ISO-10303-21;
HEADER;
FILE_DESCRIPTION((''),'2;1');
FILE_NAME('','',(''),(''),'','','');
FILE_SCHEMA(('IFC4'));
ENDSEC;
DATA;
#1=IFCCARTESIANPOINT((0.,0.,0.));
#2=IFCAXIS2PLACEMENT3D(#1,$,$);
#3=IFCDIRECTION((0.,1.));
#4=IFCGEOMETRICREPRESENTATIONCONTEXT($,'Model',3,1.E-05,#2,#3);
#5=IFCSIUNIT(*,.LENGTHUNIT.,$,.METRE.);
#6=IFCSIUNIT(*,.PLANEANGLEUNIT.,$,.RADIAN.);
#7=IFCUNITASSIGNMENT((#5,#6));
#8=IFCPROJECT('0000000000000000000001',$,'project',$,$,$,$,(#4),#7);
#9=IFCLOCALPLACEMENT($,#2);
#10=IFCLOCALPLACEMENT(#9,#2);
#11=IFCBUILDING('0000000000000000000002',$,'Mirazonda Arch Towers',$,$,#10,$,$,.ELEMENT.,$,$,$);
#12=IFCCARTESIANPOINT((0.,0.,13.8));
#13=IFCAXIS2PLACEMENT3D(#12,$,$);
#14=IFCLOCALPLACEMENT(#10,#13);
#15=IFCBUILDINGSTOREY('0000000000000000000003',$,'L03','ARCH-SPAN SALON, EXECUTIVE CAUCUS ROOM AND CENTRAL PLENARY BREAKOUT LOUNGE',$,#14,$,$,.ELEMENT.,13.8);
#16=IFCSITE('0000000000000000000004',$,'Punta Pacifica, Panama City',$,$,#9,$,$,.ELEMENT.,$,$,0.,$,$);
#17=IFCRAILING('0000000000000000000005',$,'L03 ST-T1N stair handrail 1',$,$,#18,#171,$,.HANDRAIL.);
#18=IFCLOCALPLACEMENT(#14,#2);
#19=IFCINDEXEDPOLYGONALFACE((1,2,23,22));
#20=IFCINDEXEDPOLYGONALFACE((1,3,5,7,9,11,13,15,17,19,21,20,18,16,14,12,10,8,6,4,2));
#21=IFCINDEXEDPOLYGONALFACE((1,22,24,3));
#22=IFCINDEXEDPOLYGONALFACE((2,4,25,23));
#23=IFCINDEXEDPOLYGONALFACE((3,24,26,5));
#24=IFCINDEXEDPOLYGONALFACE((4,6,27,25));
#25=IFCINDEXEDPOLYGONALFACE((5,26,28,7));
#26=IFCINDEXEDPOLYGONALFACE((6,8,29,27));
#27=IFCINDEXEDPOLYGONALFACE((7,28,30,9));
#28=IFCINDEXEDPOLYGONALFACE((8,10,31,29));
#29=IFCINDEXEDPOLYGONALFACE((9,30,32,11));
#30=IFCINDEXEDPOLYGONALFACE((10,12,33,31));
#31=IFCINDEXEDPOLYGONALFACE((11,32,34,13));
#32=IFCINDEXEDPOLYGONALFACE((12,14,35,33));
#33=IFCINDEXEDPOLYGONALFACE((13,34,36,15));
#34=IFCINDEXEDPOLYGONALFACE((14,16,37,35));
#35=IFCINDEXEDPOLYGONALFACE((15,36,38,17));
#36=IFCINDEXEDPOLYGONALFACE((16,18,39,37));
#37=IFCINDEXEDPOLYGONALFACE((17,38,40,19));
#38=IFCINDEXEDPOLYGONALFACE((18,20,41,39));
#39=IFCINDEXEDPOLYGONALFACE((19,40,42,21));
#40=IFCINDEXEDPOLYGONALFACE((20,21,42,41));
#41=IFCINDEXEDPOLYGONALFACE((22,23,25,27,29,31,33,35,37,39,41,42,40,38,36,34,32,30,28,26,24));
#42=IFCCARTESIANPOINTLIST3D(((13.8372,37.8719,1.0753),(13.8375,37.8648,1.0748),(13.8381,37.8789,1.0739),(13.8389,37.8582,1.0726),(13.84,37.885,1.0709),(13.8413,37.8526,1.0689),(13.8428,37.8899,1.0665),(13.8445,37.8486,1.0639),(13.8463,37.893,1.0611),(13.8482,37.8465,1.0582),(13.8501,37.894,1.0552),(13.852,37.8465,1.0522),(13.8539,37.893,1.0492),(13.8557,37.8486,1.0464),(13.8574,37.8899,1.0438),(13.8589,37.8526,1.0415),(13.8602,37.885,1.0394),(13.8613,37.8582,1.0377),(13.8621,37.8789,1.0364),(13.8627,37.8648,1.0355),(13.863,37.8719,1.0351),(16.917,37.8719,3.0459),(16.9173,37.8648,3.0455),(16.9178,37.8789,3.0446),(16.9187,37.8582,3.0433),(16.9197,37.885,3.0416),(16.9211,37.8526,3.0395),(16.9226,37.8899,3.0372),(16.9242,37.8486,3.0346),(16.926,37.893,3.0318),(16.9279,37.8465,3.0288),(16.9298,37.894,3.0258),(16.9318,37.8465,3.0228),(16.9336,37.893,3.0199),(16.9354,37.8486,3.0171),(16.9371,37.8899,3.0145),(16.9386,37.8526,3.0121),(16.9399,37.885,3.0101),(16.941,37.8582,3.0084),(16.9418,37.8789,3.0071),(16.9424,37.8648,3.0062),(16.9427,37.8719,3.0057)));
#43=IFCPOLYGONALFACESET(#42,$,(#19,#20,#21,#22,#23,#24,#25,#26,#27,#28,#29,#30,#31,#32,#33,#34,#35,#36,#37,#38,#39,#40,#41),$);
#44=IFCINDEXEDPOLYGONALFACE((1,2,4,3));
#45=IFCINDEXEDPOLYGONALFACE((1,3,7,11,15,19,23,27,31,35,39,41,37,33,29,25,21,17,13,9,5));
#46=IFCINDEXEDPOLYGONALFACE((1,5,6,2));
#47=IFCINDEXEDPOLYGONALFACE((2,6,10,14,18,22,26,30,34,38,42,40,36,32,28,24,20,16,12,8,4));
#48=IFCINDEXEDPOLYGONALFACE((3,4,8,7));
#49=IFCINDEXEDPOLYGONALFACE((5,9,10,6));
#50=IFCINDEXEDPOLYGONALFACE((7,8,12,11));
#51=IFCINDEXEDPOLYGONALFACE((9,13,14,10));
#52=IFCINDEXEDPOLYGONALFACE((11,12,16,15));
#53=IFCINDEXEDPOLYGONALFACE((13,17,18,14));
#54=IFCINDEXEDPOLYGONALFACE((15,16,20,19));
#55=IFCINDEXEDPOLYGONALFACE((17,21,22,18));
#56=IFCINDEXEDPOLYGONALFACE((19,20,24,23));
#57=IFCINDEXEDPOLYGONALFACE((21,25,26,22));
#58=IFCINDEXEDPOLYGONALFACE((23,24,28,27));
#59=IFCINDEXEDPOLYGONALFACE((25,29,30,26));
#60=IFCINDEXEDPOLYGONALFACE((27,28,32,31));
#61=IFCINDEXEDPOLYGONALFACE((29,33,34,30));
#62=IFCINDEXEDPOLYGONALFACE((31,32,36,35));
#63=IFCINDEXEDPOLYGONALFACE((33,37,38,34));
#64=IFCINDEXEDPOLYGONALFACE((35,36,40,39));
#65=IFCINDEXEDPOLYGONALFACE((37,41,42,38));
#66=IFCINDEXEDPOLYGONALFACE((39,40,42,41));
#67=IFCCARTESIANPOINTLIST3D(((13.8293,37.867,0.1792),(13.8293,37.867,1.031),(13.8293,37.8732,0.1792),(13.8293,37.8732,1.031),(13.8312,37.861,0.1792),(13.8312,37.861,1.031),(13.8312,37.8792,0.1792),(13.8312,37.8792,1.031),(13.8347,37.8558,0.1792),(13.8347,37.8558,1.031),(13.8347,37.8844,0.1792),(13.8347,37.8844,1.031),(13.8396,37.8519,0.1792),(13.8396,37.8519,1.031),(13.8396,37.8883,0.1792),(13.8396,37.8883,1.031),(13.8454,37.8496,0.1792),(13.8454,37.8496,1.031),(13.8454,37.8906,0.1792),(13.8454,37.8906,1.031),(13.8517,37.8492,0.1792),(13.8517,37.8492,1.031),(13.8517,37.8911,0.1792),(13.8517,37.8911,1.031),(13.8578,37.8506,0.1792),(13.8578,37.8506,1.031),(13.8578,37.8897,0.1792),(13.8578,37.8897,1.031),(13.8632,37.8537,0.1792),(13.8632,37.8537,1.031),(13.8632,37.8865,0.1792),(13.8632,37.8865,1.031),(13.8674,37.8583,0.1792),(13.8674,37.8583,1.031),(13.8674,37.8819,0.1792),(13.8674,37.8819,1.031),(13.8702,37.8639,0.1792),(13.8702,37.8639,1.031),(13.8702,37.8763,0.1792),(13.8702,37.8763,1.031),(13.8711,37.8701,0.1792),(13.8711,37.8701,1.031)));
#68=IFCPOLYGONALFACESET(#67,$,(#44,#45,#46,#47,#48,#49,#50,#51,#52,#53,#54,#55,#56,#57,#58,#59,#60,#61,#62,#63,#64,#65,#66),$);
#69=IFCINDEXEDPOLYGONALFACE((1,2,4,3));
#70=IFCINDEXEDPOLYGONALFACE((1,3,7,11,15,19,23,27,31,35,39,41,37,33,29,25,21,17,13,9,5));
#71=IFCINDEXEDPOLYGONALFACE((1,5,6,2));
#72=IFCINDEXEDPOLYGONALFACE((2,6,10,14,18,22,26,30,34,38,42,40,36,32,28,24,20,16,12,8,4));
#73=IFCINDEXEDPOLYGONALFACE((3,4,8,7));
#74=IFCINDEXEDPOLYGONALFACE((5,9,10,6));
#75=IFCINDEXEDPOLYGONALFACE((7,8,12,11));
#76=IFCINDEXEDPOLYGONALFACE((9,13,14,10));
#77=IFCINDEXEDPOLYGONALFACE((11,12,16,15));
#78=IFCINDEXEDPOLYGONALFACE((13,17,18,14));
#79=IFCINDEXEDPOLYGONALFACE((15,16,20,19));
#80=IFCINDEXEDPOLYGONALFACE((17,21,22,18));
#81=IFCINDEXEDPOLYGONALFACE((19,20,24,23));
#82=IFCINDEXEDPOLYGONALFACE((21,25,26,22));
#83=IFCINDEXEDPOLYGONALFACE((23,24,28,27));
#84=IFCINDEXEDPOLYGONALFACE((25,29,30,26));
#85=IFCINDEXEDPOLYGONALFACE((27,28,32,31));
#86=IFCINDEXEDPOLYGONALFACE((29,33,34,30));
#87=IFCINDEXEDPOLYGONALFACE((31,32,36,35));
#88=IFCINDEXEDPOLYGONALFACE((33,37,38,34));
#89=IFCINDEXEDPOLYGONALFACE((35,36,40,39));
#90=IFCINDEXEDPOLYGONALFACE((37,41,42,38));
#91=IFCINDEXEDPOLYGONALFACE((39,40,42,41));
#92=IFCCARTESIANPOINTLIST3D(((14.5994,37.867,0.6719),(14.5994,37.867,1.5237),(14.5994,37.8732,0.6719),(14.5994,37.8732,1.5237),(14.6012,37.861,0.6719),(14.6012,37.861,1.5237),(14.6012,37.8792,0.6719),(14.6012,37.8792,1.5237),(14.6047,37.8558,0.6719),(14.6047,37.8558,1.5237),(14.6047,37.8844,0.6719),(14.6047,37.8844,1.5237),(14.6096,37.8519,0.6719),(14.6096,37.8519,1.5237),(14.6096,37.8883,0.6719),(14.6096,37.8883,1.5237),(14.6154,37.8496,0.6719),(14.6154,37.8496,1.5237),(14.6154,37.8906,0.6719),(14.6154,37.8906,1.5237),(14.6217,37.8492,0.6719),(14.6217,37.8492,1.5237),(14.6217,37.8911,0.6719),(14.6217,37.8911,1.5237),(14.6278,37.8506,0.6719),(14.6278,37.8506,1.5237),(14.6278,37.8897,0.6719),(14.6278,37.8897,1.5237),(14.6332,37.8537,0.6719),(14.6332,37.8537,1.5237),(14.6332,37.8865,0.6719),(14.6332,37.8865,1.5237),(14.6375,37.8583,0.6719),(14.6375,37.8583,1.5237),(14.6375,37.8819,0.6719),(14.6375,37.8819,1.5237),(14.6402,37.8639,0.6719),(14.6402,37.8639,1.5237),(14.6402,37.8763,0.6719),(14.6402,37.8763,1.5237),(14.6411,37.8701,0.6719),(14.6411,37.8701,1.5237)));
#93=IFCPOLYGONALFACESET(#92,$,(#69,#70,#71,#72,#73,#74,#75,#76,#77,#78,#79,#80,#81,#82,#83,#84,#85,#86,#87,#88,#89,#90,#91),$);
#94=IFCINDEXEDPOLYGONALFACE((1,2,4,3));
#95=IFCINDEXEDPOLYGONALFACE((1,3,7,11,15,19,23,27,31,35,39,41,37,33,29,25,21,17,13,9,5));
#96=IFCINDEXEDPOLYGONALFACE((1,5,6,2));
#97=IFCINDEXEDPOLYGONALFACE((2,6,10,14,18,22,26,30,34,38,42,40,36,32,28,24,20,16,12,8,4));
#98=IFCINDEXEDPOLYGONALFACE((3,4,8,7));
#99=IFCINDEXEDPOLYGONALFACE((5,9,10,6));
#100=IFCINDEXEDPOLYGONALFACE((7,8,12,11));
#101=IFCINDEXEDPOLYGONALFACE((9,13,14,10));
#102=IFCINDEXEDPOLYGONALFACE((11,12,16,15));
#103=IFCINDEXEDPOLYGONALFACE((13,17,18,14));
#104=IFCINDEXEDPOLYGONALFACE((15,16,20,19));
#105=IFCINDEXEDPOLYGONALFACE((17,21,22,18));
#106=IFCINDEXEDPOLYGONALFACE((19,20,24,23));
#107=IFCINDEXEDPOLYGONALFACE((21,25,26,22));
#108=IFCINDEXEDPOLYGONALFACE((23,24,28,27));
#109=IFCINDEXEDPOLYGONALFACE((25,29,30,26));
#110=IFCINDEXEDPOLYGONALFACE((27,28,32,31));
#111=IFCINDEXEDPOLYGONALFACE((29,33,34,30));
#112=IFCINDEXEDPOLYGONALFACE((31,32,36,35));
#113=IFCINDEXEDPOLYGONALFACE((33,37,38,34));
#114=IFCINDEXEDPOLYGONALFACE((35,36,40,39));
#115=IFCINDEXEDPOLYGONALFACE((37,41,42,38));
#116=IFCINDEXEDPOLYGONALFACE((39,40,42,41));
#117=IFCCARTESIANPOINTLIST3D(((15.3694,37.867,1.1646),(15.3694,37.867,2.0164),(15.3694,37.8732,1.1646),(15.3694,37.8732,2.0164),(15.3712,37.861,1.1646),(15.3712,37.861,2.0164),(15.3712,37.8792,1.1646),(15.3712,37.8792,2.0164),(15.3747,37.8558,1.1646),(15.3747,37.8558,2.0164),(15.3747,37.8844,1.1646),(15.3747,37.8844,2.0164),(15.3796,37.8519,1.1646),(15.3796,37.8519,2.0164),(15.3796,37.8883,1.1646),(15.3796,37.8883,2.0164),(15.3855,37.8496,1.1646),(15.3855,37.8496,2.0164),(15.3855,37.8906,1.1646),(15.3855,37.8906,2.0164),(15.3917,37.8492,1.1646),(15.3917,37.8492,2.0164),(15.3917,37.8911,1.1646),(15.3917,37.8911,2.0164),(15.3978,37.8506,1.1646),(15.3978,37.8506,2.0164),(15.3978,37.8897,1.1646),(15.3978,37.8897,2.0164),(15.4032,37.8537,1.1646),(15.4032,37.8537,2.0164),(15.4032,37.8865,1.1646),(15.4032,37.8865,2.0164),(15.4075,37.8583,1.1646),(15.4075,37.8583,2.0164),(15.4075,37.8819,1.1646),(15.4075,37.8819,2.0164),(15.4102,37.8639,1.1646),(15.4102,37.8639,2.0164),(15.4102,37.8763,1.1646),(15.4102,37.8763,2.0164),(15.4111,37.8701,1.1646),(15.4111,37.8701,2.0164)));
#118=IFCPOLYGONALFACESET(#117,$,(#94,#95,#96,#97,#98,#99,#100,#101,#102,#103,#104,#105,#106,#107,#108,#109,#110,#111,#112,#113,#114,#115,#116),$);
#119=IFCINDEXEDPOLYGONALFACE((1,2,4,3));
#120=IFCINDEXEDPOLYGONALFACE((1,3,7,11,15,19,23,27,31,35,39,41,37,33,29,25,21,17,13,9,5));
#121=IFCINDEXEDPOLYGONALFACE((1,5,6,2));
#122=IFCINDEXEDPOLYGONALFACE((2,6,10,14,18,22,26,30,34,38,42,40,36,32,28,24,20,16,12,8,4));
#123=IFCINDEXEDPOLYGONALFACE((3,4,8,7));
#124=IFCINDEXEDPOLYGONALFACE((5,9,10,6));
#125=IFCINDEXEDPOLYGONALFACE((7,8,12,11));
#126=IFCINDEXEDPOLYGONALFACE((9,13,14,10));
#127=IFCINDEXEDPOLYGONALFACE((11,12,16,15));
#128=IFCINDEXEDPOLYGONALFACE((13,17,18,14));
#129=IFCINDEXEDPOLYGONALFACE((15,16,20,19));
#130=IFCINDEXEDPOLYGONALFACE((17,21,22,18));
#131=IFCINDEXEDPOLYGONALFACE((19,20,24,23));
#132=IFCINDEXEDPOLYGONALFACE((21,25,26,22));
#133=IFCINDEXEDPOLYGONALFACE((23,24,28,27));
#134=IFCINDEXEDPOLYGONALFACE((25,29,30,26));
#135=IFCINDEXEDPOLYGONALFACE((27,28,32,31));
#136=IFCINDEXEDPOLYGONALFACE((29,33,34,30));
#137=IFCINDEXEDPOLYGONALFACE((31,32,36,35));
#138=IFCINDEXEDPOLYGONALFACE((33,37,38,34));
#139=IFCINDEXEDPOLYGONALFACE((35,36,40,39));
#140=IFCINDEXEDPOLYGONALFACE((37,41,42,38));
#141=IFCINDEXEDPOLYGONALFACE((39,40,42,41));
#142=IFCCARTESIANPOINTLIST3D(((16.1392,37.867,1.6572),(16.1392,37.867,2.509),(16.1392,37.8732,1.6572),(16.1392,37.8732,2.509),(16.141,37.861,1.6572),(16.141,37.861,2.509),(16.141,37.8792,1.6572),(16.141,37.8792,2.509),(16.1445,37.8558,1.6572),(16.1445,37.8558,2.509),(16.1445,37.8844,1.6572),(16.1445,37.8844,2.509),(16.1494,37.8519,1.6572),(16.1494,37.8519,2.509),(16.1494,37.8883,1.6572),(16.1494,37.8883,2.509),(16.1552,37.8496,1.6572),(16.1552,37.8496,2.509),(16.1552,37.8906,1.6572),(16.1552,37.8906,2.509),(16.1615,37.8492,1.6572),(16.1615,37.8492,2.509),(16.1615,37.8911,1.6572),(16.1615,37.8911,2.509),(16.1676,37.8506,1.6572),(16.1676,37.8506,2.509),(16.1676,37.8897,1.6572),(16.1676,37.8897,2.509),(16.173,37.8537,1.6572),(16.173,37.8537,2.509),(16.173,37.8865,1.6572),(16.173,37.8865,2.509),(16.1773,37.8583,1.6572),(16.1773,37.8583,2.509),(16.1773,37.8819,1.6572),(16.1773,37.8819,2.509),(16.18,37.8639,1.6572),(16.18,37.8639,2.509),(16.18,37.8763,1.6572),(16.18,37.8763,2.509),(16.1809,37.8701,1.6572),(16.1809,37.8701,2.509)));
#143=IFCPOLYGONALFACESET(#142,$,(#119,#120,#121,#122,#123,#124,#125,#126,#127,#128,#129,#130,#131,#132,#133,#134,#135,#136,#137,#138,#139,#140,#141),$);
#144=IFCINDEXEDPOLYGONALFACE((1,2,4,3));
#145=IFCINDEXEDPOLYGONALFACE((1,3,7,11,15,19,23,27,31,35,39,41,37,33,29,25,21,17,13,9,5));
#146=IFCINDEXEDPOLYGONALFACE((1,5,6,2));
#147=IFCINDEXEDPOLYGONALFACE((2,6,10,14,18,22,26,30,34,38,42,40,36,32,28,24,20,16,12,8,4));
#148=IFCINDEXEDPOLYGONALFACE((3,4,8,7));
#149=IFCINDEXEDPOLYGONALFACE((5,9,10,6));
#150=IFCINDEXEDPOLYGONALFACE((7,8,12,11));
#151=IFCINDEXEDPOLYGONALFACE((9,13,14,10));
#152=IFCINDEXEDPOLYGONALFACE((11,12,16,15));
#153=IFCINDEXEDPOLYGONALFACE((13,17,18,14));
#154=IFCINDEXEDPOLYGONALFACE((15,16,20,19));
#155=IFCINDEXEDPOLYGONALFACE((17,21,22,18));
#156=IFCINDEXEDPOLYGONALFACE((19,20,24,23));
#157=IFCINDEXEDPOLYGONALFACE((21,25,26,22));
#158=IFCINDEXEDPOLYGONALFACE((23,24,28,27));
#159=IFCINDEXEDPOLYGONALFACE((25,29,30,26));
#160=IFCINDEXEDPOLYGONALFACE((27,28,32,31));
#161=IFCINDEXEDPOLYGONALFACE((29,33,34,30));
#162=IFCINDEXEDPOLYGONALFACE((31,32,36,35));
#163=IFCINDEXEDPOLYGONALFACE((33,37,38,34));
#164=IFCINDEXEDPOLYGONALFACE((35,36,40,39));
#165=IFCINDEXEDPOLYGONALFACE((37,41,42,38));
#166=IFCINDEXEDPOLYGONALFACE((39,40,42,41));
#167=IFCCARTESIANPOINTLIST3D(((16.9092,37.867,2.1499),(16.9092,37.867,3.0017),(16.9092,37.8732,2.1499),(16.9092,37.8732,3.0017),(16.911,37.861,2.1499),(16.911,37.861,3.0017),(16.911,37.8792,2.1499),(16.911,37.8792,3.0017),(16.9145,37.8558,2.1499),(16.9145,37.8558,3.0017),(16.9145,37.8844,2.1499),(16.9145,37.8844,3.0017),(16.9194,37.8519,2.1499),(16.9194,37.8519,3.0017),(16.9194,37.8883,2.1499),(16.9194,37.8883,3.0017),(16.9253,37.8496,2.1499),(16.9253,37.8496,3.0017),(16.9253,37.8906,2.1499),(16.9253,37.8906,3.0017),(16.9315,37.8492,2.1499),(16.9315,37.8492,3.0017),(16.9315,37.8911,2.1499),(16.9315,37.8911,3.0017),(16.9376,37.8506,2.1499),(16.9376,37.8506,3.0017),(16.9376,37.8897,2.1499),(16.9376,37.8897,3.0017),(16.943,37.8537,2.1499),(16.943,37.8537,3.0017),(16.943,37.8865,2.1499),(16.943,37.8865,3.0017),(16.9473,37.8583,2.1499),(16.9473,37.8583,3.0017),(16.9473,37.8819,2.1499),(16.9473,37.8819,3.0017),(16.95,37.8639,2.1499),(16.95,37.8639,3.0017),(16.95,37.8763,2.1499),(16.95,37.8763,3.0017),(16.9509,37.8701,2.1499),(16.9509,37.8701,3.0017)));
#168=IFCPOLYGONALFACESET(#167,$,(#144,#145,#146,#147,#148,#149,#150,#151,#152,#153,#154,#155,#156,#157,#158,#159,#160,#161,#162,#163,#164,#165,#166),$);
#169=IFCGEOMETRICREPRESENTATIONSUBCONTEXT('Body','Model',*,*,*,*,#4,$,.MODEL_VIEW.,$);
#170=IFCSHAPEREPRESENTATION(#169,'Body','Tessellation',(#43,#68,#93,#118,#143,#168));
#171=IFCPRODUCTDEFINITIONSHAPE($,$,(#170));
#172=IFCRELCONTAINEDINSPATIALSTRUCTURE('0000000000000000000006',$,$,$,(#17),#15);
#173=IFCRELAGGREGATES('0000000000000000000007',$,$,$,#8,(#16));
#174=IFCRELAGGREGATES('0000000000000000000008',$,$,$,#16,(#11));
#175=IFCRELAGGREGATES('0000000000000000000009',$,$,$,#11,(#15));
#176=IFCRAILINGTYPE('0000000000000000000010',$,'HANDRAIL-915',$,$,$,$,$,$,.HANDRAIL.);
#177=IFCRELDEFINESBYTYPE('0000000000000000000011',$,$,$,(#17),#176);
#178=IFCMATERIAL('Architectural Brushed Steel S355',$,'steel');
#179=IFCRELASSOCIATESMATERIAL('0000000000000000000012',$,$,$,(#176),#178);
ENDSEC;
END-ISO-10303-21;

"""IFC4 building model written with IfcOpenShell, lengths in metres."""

from ifc_helpers import new_model, si_unit, direction, frame, origin, origin_2d, place, context, subcontext, project, spatial, circle, extrude, material, type_object, element, save


model = new_model("IFC4")

# Units and contexts
model_context = context("Model", 3, precision=1e-05, world=origin(), true_north=direction((0.0, 1.0)))
body_context = subcontext(model_context, "Body", "Model", "MODEL_VIEW")
ifc_project = project(units=[si_unit("LENGTHUNIT", "METRE"), si_unit("PLANEANGLEUNIT", "RADIAN")], contexts=[model_context])

# Site, building, storey
site_placement = place(None, origin())
site = spatial("IfcSite", under=ifc_project, at=site_placement, Name="Punta Pacifica, Panama City", CompositionType="ELEMENT", RefElevation=0.0)
building_placement = place(site_placement, origin())
building = spatial("IfcBuilding", under=site, at=building_placement, Name="Mirazonda Arch Towers", CompositionType="ELEMENT")
storey_placement = place(building_placement, frame((0.0, 0.0, 13.8)))
storey = spatial("IfcBuildingStorey", under=building, at=storey_placement, Name="L03", Description="ARCH-SPAN SALON, EXECUTIVE CAUCUS ROOM AND CENTRAL PLENARY BREAKOUT LOUNGE", CompositionType="ELEMENT", Elevation=13.8)

# Shared definitions
ifc_material_1 = material(Name="Architectural Brushed Steel S355", Category="steel")

# Railing
railing_type_1 = type_object("IfcRailingType", Name="HANDRAIL-915", PredefinedType="HANDRAIL", material=ifc_material_1)
railing_1_placement = place(storey_placement, frame((13.8501, 37.8701, 0.1792)))
element("IfcRailing", 1, at=railing_1_placement, inside=storey, type_object=railing_type_1, Name="L03 ST-T1N stair handrail 1", PredefinedType="HANDRAIL", context=body_context, shape_type="SweptSolid", body=[
    extrude(circle(Radius=0.0239, at=origin_2d()), frame((0.0, 0.0, 0.876), z_axis=(0.84232, 0.0, 0.538978), x_axis=(0.0, 1.0, 0.0)), (0.0, 0.0, 1.0), 3.6562),
    extrude(circle(Radius=0.021, at=origin_2d()), origin(), (0.0, 0.0, 1.0), 0.8518),
    extrude(circle(Radius=0.021, at=origin_2d()), frame((0.77, 0.0, 0.4927)), (0.0, 0.0, 1.0), 0.8518),
    extrude(circle(Radius=0.021, at=origin_2d()), frame((1.54, 0.0, 0.9854)), (0.0, 0.0, 1.0), 0.8518),
    extrude(circle(Radius=0.021, at=origin_2d()), frame((2.3098, 0.0, 1.478)), (0.0, 0.0, 1.0), 0.8518),
    extrude(circle(Radius=0.021, at=origin_2d()), frame((3.0798, 0.0, 1.9707)), (0.0, 0.0, 1.0), 0.8518),
])

save(model, "model.ifc")
